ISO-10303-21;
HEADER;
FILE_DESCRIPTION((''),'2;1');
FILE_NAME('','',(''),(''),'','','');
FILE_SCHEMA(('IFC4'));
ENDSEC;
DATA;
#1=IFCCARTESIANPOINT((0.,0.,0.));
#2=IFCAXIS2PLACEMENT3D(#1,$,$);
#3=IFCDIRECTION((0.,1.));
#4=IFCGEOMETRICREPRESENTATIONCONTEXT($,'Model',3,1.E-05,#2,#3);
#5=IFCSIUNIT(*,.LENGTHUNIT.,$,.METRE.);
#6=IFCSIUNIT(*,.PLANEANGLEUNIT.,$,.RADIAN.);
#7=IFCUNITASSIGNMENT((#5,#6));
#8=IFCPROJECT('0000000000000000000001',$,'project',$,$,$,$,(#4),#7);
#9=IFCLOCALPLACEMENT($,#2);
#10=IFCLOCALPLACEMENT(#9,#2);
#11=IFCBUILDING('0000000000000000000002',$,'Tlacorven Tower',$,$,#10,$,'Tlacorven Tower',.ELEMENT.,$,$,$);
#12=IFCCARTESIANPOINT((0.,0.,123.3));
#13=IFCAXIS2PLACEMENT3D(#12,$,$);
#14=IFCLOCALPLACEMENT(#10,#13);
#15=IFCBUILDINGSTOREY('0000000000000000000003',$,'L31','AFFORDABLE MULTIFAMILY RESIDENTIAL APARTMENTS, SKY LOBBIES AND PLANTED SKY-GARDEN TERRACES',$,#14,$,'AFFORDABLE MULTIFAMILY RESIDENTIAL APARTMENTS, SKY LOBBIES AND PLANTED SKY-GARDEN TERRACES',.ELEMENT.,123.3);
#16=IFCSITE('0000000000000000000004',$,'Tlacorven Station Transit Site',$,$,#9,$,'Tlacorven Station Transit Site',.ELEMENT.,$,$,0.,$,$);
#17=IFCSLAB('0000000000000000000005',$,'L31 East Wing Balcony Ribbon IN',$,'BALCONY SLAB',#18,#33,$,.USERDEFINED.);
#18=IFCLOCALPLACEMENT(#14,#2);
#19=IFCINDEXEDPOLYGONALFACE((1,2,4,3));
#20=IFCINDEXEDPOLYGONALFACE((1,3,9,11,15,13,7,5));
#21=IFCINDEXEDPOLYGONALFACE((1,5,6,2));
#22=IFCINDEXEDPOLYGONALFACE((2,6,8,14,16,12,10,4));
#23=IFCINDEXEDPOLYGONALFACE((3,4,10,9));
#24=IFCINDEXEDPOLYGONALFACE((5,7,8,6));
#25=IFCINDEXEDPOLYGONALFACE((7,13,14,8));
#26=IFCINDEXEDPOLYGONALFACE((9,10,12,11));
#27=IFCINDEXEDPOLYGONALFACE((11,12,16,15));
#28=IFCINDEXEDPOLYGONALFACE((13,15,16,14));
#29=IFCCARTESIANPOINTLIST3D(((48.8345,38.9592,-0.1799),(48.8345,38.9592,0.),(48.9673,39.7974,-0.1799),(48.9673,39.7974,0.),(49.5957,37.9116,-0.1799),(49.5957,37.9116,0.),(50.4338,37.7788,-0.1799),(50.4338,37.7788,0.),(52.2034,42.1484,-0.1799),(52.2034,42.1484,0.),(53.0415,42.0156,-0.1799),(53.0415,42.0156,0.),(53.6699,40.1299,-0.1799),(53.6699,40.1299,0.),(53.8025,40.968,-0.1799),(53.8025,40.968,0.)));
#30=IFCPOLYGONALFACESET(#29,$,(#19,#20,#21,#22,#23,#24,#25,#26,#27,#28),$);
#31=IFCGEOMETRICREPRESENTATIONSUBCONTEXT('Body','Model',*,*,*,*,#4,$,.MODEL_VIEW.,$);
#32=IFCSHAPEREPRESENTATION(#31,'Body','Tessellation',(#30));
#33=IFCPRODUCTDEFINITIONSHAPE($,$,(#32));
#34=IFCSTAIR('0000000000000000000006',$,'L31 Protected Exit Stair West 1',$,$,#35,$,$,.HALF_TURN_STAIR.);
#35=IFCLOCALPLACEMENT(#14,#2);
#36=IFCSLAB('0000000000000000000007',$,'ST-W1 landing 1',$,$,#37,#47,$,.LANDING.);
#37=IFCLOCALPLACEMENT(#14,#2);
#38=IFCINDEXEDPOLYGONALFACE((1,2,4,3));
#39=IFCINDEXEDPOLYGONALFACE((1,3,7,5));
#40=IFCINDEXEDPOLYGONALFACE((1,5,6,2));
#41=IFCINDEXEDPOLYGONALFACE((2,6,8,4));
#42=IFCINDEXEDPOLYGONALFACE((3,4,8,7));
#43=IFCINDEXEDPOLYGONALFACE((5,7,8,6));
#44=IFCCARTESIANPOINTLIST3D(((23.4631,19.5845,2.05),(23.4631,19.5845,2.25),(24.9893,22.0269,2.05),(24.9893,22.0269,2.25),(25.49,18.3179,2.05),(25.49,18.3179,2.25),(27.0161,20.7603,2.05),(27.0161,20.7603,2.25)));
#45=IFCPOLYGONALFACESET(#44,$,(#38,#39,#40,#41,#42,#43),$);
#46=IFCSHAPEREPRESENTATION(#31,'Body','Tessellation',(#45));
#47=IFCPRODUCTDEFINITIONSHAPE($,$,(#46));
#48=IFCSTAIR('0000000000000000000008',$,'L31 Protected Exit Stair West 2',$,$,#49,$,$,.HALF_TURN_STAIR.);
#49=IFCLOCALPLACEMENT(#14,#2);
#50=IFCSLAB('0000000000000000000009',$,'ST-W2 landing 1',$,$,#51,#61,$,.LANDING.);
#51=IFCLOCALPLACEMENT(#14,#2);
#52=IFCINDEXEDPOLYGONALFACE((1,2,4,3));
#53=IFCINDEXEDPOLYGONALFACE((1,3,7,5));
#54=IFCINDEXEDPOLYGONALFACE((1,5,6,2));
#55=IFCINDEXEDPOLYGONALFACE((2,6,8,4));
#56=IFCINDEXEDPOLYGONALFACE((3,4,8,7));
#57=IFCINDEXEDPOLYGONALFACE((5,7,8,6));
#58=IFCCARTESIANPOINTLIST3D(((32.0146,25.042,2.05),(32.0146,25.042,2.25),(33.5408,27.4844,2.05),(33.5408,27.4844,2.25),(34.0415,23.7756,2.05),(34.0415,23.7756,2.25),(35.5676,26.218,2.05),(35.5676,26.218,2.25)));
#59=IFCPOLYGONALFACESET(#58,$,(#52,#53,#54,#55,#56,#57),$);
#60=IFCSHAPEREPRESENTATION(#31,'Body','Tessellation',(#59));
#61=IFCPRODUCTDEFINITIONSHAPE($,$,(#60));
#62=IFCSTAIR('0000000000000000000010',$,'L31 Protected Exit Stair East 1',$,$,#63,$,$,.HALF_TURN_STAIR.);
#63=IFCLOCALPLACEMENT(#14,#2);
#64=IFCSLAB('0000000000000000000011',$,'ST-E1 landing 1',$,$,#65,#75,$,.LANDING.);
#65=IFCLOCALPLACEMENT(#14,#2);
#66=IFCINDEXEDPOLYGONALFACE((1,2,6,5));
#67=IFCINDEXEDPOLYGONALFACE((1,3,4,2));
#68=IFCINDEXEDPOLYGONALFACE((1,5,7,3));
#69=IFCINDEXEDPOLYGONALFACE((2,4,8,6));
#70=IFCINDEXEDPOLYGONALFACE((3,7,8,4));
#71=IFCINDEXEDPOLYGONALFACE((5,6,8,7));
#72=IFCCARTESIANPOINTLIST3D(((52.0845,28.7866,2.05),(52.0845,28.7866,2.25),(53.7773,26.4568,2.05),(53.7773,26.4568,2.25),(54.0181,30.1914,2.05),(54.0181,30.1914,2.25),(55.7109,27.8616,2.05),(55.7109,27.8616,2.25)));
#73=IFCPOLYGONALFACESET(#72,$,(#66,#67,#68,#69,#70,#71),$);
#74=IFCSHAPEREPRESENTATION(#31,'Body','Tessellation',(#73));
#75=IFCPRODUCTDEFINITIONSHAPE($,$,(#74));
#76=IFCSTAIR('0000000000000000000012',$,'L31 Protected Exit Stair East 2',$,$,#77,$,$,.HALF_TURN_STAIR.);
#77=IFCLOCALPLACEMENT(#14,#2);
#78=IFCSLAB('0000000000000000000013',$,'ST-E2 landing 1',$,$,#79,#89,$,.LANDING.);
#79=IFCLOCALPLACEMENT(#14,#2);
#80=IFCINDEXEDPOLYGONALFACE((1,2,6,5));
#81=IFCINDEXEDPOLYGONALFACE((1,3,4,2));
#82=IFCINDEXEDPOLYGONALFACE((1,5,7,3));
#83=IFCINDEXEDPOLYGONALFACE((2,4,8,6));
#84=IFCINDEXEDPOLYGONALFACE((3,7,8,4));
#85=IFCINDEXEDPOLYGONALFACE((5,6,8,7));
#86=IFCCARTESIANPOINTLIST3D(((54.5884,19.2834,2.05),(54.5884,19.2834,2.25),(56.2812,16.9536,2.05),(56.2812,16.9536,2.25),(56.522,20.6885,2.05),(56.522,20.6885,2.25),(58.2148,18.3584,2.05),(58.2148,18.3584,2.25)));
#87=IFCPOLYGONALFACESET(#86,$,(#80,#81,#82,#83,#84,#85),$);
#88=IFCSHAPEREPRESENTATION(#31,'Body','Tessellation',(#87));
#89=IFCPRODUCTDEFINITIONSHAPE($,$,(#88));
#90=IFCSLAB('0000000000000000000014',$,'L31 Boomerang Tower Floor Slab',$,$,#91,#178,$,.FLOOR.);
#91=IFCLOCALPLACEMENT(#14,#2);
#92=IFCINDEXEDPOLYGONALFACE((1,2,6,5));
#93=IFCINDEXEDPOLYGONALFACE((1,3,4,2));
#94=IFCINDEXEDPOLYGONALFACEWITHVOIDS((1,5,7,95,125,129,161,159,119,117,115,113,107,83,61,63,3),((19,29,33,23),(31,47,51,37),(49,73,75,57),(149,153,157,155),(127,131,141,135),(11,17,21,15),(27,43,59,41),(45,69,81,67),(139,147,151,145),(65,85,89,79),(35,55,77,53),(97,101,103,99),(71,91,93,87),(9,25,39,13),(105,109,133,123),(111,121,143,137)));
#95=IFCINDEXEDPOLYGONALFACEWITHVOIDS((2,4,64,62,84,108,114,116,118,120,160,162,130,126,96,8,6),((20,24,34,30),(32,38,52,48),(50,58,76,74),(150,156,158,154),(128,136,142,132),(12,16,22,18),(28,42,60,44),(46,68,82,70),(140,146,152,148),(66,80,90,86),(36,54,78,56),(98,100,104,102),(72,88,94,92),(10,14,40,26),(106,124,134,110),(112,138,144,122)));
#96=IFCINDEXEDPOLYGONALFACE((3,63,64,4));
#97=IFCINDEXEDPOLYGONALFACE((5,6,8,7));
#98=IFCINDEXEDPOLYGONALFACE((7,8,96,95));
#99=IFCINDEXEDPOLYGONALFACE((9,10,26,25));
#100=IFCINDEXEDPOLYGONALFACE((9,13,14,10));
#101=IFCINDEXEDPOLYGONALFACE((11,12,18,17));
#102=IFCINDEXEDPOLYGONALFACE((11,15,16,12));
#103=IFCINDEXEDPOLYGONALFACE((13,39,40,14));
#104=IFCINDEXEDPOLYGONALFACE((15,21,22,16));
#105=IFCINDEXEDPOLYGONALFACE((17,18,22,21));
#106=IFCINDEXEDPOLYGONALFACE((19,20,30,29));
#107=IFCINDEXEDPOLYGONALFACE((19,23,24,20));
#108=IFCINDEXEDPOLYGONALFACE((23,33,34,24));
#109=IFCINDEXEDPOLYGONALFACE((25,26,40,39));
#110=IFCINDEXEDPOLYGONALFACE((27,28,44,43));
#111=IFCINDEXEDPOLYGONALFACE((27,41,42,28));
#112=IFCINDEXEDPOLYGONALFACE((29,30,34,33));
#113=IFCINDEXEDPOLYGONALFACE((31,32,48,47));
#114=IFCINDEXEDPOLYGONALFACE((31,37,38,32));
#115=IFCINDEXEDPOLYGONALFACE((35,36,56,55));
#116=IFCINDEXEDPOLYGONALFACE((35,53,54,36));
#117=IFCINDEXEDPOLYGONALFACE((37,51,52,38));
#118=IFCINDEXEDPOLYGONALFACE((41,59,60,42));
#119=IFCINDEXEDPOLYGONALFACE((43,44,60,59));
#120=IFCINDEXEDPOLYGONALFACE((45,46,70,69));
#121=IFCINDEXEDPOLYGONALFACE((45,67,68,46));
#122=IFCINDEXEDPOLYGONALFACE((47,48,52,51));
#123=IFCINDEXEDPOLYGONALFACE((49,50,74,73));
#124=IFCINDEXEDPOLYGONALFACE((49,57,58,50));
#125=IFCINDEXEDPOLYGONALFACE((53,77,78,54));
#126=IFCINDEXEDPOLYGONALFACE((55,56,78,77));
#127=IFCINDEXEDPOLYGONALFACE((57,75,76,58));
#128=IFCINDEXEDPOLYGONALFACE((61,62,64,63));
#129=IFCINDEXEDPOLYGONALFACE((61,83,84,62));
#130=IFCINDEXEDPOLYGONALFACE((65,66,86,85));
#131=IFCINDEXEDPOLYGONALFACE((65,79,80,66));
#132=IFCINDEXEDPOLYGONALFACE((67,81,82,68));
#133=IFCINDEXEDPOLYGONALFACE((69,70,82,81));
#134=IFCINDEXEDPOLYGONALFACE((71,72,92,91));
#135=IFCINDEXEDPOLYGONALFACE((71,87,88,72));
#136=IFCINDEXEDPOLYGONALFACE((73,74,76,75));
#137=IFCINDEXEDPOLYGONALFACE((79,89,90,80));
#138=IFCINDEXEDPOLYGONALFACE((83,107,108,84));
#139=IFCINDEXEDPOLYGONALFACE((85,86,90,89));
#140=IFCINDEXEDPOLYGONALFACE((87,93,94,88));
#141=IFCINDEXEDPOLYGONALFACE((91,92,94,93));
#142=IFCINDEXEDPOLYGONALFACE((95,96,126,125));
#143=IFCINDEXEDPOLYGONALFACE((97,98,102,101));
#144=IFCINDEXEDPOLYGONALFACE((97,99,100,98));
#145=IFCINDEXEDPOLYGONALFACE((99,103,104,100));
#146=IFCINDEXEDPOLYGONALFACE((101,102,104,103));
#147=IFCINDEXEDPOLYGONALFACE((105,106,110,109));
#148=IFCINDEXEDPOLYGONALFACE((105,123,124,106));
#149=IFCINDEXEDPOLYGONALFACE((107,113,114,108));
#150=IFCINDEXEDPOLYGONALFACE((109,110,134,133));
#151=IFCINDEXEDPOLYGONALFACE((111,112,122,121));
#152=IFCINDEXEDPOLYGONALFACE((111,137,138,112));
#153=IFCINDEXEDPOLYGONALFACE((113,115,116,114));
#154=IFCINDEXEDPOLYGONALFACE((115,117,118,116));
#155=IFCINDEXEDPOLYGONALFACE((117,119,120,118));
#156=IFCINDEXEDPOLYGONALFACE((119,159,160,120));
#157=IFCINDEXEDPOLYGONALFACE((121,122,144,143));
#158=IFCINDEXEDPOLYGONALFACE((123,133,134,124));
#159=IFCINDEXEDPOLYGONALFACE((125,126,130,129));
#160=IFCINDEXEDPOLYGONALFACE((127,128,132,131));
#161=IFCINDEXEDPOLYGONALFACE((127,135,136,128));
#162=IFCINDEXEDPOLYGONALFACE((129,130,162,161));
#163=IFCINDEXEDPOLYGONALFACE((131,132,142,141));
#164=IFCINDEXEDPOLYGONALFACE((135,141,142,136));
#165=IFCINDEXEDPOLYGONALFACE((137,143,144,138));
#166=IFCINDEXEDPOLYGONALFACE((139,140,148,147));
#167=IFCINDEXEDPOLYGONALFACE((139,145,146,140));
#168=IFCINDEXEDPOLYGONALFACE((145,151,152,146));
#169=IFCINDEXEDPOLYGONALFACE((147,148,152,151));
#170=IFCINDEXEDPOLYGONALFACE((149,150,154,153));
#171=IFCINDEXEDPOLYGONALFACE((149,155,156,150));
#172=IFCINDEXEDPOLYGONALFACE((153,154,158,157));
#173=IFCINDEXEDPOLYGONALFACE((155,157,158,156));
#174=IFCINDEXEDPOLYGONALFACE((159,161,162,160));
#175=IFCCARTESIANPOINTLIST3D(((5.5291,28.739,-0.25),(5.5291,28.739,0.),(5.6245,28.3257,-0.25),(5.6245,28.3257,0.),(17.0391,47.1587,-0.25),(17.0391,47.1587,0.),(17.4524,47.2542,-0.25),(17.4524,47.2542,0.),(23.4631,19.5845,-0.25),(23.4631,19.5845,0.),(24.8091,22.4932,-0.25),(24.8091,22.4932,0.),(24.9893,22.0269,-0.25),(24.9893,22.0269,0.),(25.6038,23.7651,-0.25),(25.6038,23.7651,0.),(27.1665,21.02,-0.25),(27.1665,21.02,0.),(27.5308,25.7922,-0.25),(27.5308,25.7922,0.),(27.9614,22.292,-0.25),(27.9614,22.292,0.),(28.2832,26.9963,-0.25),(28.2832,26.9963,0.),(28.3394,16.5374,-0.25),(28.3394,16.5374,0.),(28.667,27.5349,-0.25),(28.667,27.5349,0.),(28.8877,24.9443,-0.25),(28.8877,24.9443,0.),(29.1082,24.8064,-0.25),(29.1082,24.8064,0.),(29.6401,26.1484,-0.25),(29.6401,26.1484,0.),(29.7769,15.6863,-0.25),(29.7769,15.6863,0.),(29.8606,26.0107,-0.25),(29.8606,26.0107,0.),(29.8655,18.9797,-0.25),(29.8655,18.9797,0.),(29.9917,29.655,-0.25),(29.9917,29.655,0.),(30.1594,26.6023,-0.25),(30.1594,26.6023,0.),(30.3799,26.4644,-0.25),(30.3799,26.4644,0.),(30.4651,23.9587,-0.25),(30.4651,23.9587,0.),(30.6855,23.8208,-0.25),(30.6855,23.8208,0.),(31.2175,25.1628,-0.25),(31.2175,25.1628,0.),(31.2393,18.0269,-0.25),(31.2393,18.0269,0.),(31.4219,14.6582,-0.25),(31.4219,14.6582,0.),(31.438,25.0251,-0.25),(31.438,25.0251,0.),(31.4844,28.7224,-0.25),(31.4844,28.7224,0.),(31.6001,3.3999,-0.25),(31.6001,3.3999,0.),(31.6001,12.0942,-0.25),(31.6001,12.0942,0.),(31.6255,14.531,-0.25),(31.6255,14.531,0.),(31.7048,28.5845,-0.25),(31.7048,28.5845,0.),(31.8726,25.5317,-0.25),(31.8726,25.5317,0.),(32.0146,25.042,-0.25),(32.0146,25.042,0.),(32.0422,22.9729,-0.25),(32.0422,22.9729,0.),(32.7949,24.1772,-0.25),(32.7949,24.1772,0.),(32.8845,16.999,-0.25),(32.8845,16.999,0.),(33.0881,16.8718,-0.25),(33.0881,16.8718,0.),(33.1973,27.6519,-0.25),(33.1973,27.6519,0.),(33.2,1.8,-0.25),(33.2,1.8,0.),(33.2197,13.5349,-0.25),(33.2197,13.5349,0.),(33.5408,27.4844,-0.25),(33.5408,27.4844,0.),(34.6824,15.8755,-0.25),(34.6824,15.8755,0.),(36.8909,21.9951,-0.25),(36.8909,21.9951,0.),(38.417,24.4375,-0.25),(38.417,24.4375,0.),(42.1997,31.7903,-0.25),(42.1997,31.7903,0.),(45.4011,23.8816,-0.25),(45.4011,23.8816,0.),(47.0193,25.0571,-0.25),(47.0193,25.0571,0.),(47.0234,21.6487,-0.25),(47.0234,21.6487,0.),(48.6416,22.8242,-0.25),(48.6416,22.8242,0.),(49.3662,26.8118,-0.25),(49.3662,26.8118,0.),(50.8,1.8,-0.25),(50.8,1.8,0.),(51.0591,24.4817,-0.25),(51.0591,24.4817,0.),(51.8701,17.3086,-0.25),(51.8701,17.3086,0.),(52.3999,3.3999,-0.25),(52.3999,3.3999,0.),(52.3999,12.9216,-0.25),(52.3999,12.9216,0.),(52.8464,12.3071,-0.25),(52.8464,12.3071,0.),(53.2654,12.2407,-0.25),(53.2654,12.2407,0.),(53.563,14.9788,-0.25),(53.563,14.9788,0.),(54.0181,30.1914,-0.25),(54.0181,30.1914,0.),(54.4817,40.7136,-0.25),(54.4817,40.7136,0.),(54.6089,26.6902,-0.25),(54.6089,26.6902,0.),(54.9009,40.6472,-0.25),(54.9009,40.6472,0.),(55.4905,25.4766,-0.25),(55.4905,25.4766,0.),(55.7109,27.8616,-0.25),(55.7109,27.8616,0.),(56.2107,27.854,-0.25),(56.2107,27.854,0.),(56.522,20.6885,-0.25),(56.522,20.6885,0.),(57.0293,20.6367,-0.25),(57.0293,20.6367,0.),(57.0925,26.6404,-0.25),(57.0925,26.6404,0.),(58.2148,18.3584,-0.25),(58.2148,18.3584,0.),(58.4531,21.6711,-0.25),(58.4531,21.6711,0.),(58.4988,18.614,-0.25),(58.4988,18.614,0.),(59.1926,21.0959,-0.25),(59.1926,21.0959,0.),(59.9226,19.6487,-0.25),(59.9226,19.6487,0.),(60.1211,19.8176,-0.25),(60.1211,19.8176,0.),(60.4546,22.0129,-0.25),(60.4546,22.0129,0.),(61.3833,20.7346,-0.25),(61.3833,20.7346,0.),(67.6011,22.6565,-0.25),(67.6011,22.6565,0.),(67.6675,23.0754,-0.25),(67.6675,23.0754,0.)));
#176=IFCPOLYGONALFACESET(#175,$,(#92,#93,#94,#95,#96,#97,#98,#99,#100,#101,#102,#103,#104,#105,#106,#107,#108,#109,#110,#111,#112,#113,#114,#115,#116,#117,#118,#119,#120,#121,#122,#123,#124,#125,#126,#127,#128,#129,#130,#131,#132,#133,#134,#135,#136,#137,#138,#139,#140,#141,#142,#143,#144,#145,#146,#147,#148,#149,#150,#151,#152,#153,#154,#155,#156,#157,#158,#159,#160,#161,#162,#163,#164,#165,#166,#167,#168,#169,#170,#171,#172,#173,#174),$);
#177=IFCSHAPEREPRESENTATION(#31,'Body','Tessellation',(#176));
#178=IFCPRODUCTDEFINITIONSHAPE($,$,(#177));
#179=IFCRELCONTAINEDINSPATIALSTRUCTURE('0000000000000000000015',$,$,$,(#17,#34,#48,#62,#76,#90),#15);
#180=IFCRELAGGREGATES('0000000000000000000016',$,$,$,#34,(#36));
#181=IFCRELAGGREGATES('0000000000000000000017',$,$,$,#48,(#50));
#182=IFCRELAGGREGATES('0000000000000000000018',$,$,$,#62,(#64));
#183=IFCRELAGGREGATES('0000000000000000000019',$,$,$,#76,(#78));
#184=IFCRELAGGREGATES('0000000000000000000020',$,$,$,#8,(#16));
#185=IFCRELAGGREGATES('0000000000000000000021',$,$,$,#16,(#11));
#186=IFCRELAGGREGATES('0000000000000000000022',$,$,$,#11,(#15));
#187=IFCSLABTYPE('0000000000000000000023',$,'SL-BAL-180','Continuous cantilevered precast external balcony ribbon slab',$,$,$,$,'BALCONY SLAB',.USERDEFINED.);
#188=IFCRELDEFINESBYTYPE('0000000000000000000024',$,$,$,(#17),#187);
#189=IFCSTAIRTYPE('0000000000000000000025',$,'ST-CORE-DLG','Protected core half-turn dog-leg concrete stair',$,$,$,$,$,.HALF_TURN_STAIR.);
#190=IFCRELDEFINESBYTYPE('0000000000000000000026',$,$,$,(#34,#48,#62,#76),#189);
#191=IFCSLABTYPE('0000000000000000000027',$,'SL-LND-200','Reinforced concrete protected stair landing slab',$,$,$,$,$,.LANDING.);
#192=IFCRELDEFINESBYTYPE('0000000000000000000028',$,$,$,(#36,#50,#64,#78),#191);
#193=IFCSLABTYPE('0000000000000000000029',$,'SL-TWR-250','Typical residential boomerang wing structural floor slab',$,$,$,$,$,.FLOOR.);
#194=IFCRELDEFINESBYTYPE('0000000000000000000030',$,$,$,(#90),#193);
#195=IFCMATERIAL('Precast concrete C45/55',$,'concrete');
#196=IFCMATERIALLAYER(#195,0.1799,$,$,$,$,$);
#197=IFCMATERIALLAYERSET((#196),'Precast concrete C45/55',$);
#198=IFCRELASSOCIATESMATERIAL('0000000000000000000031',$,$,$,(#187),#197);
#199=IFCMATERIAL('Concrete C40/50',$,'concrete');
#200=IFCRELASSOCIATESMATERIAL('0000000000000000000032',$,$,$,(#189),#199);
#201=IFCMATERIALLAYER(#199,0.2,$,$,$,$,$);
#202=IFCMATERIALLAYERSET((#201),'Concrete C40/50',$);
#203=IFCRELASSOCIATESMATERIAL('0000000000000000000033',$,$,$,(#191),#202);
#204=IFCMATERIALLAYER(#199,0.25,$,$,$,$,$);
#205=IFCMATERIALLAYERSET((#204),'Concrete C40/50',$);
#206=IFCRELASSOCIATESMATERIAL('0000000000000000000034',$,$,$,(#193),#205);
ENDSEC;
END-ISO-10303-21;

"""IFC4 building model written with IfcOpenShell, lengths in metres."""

from ifc_helpers import new_model, si_unit, direction, frame, origin, place, context, subcontext, project, spatial, polyline, outline, extrude, material, layer, layer_set, type_object, element, aggregate, save


model = new_model("IFC4")

# Units and contexts
model_context = context("Model", 3, precision=1e-05, world=origin(), true_north=direction((0.0, 1.0)))
body_context = subcontext(model_context, "Body", "Model", "MODEL_VIEW")
ifc_project = project(units=[si_unit("LENGTHUNIT", "METRE"), si_unit("PLANEANGLEUNIT", "RADIAN")], contexts=[model_context])

# Site, building, storey
site_placement = place(None, origin())
site = spatial("IfcSite", under=ifc_project, at=site_placement, Name="Tlacorven Station Transit Site", LongName="Tlacorven Station Transit Site", CompositionType="ELEMENT", RefElevation=0.0)
building_placement = place(site_placement, origin())
building = spatial("IfcBuilding", under=site, at=building_placement, Name="Tlacorven Tower", LongName="Tlacorven Tower", CompositionType="ELEMENT")
storey_placement = place(building_placement, frame((0.0, 0.0, 123.3)))
storey = spatial("IfcBuildingStorey", under=building, at=storey_placement, Name="L31", Description="AFFORDABLE MULTIFAMILY RESIDENTIAL APARTMENTS, SKY LOBBIES AND PLANTED SKY-GARDEN TERRACES", LongName="AFFORDABLE MULTIFAMILY RESIDENTIAL APARTMENTS, SKY LOBBIES AND PLANTED SKY-GARDEN TERRACES", CompositionType="ELEMENT", Elevation=123.3)

# Slab
ifc_material_1 = material(Name="Precast concrete C45/55", Category="concrete")
ifc_layer_1 = layer(ifc_material_1, 0.1799)
ifc_layer_set_1 = layer_set([ifc_layer_1], Name="Precast concrete C45/55")
slab_type_1 = type_object("IfcSlabType", Name="SL-BAL-180", Description="Continuous cantilevered precast external balcony ribbon slab", ElementType="BALCONY SLAB", PredefinedType="USERDEFINED", material=ifc_layer_set_1)
slab_1_placement = place(storey_placement, frame((0.0, 0.0, -0.1799)))
element("IfcSlab", 1, at=slab_1_placement, inside=storey, type_object=slab_type_1, Name="L31 East Wing Balcony Ribbon IN", ObjectType="BALCONY SLAB", PredefinedType="USERDEFINED", context=body_context, shape_type="SweptSolid", body=[
    extrude(outline(polyline([(50.4338, 37.7788), (53.6699, 40.1299), (53.8025, 40.968), (53.0415, 42.0156), (52.2034, 42.1484), (48.9673, 39.7974), (48.8345, 38.9592), (49.5957, 37.9116), (50.4338, 37.7788)])), origin(), (0.0, 0.0, 1.0), 0.1799),
])

# Stairs, slabs
ifc_material_2 = material(Name="Concrete C40/50", Category="concrete")
stair_type = type_object("IfcStairType", Name="ST-CORE-DLG", Description="Protected core half-turn dog-leg concrete stair", PredefinedType="HALF_TURN_STAIR", material=ifc_material_2)
stair_1_placement = place(storey_placement, origin())
stair_1 = element("IfcStair", 2, at=stair_1_placement, inside=storey, type_object=stair_type, Name="L31 Protected Exit Stair West 1", PredefinedType="HALF_TURN_STAIR")
ifc_layer_2 = layer(ifc_material_2, 0.2)
ifc_layer_set_2 = layer_set([ifc_layer_2], Name="Concrete C40/50")
slab_type_2 = type_object("IfcSlabType", Name="SL-LND-200", Description="Reinforced concrete protected stair landing slab", PredefinedType="LANDING", material=ifc_layer_set_2)
slab_2_placement = place(storey_placement, frame((0.0, 0.0, 2.05)))
slab_2 = element("IfcSlab", 3, at=slab_2_placement, type_object=slab_type_2, Name="ST-W1 landing 1", PredefinedType="LANDING", context=body_context, shape_type="SweptSolid", body=[
    extrude(outline(polyline([(27.0161, 20.7603), (24.9893, 22.0269), (23.4631, 19.5845), (25.49, 18.3179), (27.0161, 20.7603)])), origin(), (0.0, 0.0, 1.0), 0.2),
])
aggregate(stair_1, [slab_2])
stair_2_placement = place(storey_placement, origin())
stair_2 = element("IfcStair", 4, at=stair_2_placement, inside=storey, type_object=stair_type, Name="L31 Protected Exit Stair West 2", PredefinedType="HALF_TURN_STAIR")
slab_3_placement = place(storey_placement, frame((0.0, 0.0, 2.05)))
slab_3 = element("IfcSlab", 5, at=slab_3_placement, type_object=slab_type_2, Name="ST-W2 landing 1", PredefinedType="LANDING", context=body_context, shape_type="SweptSolid", body=[
    extrude(outline(polyline([(35.5676, 26.218), (33.5408, 27.4844), (32.0146, 25.042), (34.0415, 23.7756), (35.5676, 26.218)])), origin(), (0.0, 0.0, 1.0), 0.2),
])
aggregate(stair_2, [slab_3])
stair_3_placement = place(storey_placement, origin())
stair_3 = element("IfcStair", 6, at=stair_3_placement, inside=storey, type_object=stair_type, Name="L31 Protected Exit Stair East 1", PredefinedType="HALF_TURN_STAIR")
slab_4_placement = place(storey_placement, frame((0.0, 0.0, 2.05)))
slab_4 = element("IfcSlab", 7, at=slab_4_placement, type_object=slab_type_2, Name="ST-E1 landing 1", PredefinedType="LANDING", context=body_context, shape_type="SweptSolid", body=[
    extrude(outline(polyline([(53.7773, 26.4568), (55.7109, 27.8616), (54.0181, 30.1914), (52.0845, 28.7866), (53.7773, 26.4568)])), origin(), (0.0, 0.0, 1.0), 0.2),
])
aggregate(stair_3, [slab_4])
stair_4_placement = place(storey_placement, origin())
stair_4 = element("IfcStair", 8, at=stair_4_placement, inside=storey, type_object=stair_type, Name="L31 Protected Exit Stair East 2", PredefinedType="HALF_TURN_STAIR")
slab_5_placement = place(storey_placement, frame((0.0, 0.0, 2.05)))
slab_5 = element("IfcSlab", 9, at=slab_5_placement, type_object=slab_type_2, Name="ST-E2 landing 1", PredefinedType="LANDING", context=body_context, shape_type="SweptSolid", body=[
    extrude(outline(polyline([(56.2812, 16.9536), (58.2148, 18.3584), (56.522, 20.6885), (54.5884, 19.2834), (56.2812, 16.9536)])), origin(), (0.0, 0.0, 1.0), 0.2),
])
aggregate(stair_4, [slab_5])

# Slab
ifc_layer_3 = layer(ifc_material_2, 0.25)
ifc_layer_set_3 = layer_set([ifc_layer_3], Name="Concrete C40/50")
slab_type_3 = type_object("IfcSlabType", Name="SL-TWR-250", Description="Typical residential boomerang wing structural floor slab", PredefinedType="FLOOR", material=ifc_layer_set_3)
slab_6_placement = place(storey_placement, frame((0.0, 0.0, -0.25)))
element("IfcSlab", 10, at=slab_6_placement, inside=storey, type_object=slab_type_3, Name="L31 Boomerang Tower Floor Slab", PredefinedType="FLOOR", context=body_context, shape_type="SweptSolid", body=[
    extrude(outline(polyline([(52.3999, 3.3999), (50.8, 1.8), (33.2, 1.8), (31.6001, 3.3999), (31.6001, 12.0942), (5.6245, 28.3257), (5.5291, 28.739), (17.0391, 47.1587), (17.4524, 47.2542), (42.1997, 31.7903), (54.4817, 40.7136), (54.9009, 40.6472), (67.6675, 23.0754), (67.6011, 22.6565), (53.2654, 12.2407), (52.8464, 12.3071), (52.3999, 12.9216), (52.3999, 3.3999)]), holes=[polyline([(29.8655, 18.9797), (24.9893, 22.0269), (23.4631, 19.5845), (28.3394, 16.5374), (29.8655, 18.9797)]), polyline([(38.417, 24.4375), (33.5408, 27.4844), (32.0146, 25.042), (36.8909, 21.9951), (38.417, 24.4375)]), polyline([(51.0591, 24.4817), (55.7109, 27.8616), (54.0181, 30.1914), (49.3662, 26.8118), (51.0591, 24.4817)]), polyline([(53.563, 14.9788), (58.2148, 18.3584), (56.522, 20.6885), (51.8701, 17.3086), (53.563, 14.9788)]), polyline([(34.6824, 15.8755), (33.0881, 16.8718), (31.6255, 14.531), (33.2197, 13.5349), (34.6824, 15.8755)]), polyline([(32.8845, 16.999), (31.2393, 18.0269), (29.7769, 15.6863), (31.4219, 14.6582), (32.8845, 16.999)]), polyline([(47.0234, 21.6487), (48.6416, 22.8242), (47.0193, 25.0571), (45.4011, 23.8816), (47.0234, 21.6487)]), polyline([(33.1973, 27.6519), (31.7048, 28.5845), (30.3799, 26.4644), (31.8726, 25.5317), (33.1973, 27.6519)]), polyline([(31.4844, 28.7224), (29.9917, 29.655), (28.667, 27.5349), (30.1594, 26.6023), (31.4844, 28.7224)]), polyline([(32.7949, 24.1772), (31.438, 25.0251), (30.6855, 23.8208), (32.0422, 22.9729), (32.7949, 24.1772)]), polyline([(31.2175, 25.1628), (29.8606, 26.0107), (29.1082, 24.8064), (30.4651, 23.9587), (31.2175, 25.1628)]), polyline([(29.6401, 26.1484), (28.2832, 26.9963), (27.5308, 25.7922), (28.8877, 24.9443), (29.6401, 26.1484)]), polyline([(58.4988, 18.614), (59.9226, 19.6487), (58.4531, 21.6711), (57.0293, 20.6367), (58.4988, 18.614)]), polyline([(27.9614, 22.292), (25.6038, 23.7651), (24.8091, 22.4932), (27.1665, 21.02), (27.9614, 22.292)]), polyline([(55.4905, 25.4766), (57.0925, 26.6404), (56.2107, 27.854), (54.6089, 26.6902), (55.4905, 25.4766)]), polyline([(60.1211, 19.8176), (61.3833, 20.7346), (60.4546, 22.0129), (59.1926, 21.0959), (60.1211, 19.8176)])]), origin(), (0.0, 0.0, 1.0), 0.25),
])

save(model, "model.ifc")
